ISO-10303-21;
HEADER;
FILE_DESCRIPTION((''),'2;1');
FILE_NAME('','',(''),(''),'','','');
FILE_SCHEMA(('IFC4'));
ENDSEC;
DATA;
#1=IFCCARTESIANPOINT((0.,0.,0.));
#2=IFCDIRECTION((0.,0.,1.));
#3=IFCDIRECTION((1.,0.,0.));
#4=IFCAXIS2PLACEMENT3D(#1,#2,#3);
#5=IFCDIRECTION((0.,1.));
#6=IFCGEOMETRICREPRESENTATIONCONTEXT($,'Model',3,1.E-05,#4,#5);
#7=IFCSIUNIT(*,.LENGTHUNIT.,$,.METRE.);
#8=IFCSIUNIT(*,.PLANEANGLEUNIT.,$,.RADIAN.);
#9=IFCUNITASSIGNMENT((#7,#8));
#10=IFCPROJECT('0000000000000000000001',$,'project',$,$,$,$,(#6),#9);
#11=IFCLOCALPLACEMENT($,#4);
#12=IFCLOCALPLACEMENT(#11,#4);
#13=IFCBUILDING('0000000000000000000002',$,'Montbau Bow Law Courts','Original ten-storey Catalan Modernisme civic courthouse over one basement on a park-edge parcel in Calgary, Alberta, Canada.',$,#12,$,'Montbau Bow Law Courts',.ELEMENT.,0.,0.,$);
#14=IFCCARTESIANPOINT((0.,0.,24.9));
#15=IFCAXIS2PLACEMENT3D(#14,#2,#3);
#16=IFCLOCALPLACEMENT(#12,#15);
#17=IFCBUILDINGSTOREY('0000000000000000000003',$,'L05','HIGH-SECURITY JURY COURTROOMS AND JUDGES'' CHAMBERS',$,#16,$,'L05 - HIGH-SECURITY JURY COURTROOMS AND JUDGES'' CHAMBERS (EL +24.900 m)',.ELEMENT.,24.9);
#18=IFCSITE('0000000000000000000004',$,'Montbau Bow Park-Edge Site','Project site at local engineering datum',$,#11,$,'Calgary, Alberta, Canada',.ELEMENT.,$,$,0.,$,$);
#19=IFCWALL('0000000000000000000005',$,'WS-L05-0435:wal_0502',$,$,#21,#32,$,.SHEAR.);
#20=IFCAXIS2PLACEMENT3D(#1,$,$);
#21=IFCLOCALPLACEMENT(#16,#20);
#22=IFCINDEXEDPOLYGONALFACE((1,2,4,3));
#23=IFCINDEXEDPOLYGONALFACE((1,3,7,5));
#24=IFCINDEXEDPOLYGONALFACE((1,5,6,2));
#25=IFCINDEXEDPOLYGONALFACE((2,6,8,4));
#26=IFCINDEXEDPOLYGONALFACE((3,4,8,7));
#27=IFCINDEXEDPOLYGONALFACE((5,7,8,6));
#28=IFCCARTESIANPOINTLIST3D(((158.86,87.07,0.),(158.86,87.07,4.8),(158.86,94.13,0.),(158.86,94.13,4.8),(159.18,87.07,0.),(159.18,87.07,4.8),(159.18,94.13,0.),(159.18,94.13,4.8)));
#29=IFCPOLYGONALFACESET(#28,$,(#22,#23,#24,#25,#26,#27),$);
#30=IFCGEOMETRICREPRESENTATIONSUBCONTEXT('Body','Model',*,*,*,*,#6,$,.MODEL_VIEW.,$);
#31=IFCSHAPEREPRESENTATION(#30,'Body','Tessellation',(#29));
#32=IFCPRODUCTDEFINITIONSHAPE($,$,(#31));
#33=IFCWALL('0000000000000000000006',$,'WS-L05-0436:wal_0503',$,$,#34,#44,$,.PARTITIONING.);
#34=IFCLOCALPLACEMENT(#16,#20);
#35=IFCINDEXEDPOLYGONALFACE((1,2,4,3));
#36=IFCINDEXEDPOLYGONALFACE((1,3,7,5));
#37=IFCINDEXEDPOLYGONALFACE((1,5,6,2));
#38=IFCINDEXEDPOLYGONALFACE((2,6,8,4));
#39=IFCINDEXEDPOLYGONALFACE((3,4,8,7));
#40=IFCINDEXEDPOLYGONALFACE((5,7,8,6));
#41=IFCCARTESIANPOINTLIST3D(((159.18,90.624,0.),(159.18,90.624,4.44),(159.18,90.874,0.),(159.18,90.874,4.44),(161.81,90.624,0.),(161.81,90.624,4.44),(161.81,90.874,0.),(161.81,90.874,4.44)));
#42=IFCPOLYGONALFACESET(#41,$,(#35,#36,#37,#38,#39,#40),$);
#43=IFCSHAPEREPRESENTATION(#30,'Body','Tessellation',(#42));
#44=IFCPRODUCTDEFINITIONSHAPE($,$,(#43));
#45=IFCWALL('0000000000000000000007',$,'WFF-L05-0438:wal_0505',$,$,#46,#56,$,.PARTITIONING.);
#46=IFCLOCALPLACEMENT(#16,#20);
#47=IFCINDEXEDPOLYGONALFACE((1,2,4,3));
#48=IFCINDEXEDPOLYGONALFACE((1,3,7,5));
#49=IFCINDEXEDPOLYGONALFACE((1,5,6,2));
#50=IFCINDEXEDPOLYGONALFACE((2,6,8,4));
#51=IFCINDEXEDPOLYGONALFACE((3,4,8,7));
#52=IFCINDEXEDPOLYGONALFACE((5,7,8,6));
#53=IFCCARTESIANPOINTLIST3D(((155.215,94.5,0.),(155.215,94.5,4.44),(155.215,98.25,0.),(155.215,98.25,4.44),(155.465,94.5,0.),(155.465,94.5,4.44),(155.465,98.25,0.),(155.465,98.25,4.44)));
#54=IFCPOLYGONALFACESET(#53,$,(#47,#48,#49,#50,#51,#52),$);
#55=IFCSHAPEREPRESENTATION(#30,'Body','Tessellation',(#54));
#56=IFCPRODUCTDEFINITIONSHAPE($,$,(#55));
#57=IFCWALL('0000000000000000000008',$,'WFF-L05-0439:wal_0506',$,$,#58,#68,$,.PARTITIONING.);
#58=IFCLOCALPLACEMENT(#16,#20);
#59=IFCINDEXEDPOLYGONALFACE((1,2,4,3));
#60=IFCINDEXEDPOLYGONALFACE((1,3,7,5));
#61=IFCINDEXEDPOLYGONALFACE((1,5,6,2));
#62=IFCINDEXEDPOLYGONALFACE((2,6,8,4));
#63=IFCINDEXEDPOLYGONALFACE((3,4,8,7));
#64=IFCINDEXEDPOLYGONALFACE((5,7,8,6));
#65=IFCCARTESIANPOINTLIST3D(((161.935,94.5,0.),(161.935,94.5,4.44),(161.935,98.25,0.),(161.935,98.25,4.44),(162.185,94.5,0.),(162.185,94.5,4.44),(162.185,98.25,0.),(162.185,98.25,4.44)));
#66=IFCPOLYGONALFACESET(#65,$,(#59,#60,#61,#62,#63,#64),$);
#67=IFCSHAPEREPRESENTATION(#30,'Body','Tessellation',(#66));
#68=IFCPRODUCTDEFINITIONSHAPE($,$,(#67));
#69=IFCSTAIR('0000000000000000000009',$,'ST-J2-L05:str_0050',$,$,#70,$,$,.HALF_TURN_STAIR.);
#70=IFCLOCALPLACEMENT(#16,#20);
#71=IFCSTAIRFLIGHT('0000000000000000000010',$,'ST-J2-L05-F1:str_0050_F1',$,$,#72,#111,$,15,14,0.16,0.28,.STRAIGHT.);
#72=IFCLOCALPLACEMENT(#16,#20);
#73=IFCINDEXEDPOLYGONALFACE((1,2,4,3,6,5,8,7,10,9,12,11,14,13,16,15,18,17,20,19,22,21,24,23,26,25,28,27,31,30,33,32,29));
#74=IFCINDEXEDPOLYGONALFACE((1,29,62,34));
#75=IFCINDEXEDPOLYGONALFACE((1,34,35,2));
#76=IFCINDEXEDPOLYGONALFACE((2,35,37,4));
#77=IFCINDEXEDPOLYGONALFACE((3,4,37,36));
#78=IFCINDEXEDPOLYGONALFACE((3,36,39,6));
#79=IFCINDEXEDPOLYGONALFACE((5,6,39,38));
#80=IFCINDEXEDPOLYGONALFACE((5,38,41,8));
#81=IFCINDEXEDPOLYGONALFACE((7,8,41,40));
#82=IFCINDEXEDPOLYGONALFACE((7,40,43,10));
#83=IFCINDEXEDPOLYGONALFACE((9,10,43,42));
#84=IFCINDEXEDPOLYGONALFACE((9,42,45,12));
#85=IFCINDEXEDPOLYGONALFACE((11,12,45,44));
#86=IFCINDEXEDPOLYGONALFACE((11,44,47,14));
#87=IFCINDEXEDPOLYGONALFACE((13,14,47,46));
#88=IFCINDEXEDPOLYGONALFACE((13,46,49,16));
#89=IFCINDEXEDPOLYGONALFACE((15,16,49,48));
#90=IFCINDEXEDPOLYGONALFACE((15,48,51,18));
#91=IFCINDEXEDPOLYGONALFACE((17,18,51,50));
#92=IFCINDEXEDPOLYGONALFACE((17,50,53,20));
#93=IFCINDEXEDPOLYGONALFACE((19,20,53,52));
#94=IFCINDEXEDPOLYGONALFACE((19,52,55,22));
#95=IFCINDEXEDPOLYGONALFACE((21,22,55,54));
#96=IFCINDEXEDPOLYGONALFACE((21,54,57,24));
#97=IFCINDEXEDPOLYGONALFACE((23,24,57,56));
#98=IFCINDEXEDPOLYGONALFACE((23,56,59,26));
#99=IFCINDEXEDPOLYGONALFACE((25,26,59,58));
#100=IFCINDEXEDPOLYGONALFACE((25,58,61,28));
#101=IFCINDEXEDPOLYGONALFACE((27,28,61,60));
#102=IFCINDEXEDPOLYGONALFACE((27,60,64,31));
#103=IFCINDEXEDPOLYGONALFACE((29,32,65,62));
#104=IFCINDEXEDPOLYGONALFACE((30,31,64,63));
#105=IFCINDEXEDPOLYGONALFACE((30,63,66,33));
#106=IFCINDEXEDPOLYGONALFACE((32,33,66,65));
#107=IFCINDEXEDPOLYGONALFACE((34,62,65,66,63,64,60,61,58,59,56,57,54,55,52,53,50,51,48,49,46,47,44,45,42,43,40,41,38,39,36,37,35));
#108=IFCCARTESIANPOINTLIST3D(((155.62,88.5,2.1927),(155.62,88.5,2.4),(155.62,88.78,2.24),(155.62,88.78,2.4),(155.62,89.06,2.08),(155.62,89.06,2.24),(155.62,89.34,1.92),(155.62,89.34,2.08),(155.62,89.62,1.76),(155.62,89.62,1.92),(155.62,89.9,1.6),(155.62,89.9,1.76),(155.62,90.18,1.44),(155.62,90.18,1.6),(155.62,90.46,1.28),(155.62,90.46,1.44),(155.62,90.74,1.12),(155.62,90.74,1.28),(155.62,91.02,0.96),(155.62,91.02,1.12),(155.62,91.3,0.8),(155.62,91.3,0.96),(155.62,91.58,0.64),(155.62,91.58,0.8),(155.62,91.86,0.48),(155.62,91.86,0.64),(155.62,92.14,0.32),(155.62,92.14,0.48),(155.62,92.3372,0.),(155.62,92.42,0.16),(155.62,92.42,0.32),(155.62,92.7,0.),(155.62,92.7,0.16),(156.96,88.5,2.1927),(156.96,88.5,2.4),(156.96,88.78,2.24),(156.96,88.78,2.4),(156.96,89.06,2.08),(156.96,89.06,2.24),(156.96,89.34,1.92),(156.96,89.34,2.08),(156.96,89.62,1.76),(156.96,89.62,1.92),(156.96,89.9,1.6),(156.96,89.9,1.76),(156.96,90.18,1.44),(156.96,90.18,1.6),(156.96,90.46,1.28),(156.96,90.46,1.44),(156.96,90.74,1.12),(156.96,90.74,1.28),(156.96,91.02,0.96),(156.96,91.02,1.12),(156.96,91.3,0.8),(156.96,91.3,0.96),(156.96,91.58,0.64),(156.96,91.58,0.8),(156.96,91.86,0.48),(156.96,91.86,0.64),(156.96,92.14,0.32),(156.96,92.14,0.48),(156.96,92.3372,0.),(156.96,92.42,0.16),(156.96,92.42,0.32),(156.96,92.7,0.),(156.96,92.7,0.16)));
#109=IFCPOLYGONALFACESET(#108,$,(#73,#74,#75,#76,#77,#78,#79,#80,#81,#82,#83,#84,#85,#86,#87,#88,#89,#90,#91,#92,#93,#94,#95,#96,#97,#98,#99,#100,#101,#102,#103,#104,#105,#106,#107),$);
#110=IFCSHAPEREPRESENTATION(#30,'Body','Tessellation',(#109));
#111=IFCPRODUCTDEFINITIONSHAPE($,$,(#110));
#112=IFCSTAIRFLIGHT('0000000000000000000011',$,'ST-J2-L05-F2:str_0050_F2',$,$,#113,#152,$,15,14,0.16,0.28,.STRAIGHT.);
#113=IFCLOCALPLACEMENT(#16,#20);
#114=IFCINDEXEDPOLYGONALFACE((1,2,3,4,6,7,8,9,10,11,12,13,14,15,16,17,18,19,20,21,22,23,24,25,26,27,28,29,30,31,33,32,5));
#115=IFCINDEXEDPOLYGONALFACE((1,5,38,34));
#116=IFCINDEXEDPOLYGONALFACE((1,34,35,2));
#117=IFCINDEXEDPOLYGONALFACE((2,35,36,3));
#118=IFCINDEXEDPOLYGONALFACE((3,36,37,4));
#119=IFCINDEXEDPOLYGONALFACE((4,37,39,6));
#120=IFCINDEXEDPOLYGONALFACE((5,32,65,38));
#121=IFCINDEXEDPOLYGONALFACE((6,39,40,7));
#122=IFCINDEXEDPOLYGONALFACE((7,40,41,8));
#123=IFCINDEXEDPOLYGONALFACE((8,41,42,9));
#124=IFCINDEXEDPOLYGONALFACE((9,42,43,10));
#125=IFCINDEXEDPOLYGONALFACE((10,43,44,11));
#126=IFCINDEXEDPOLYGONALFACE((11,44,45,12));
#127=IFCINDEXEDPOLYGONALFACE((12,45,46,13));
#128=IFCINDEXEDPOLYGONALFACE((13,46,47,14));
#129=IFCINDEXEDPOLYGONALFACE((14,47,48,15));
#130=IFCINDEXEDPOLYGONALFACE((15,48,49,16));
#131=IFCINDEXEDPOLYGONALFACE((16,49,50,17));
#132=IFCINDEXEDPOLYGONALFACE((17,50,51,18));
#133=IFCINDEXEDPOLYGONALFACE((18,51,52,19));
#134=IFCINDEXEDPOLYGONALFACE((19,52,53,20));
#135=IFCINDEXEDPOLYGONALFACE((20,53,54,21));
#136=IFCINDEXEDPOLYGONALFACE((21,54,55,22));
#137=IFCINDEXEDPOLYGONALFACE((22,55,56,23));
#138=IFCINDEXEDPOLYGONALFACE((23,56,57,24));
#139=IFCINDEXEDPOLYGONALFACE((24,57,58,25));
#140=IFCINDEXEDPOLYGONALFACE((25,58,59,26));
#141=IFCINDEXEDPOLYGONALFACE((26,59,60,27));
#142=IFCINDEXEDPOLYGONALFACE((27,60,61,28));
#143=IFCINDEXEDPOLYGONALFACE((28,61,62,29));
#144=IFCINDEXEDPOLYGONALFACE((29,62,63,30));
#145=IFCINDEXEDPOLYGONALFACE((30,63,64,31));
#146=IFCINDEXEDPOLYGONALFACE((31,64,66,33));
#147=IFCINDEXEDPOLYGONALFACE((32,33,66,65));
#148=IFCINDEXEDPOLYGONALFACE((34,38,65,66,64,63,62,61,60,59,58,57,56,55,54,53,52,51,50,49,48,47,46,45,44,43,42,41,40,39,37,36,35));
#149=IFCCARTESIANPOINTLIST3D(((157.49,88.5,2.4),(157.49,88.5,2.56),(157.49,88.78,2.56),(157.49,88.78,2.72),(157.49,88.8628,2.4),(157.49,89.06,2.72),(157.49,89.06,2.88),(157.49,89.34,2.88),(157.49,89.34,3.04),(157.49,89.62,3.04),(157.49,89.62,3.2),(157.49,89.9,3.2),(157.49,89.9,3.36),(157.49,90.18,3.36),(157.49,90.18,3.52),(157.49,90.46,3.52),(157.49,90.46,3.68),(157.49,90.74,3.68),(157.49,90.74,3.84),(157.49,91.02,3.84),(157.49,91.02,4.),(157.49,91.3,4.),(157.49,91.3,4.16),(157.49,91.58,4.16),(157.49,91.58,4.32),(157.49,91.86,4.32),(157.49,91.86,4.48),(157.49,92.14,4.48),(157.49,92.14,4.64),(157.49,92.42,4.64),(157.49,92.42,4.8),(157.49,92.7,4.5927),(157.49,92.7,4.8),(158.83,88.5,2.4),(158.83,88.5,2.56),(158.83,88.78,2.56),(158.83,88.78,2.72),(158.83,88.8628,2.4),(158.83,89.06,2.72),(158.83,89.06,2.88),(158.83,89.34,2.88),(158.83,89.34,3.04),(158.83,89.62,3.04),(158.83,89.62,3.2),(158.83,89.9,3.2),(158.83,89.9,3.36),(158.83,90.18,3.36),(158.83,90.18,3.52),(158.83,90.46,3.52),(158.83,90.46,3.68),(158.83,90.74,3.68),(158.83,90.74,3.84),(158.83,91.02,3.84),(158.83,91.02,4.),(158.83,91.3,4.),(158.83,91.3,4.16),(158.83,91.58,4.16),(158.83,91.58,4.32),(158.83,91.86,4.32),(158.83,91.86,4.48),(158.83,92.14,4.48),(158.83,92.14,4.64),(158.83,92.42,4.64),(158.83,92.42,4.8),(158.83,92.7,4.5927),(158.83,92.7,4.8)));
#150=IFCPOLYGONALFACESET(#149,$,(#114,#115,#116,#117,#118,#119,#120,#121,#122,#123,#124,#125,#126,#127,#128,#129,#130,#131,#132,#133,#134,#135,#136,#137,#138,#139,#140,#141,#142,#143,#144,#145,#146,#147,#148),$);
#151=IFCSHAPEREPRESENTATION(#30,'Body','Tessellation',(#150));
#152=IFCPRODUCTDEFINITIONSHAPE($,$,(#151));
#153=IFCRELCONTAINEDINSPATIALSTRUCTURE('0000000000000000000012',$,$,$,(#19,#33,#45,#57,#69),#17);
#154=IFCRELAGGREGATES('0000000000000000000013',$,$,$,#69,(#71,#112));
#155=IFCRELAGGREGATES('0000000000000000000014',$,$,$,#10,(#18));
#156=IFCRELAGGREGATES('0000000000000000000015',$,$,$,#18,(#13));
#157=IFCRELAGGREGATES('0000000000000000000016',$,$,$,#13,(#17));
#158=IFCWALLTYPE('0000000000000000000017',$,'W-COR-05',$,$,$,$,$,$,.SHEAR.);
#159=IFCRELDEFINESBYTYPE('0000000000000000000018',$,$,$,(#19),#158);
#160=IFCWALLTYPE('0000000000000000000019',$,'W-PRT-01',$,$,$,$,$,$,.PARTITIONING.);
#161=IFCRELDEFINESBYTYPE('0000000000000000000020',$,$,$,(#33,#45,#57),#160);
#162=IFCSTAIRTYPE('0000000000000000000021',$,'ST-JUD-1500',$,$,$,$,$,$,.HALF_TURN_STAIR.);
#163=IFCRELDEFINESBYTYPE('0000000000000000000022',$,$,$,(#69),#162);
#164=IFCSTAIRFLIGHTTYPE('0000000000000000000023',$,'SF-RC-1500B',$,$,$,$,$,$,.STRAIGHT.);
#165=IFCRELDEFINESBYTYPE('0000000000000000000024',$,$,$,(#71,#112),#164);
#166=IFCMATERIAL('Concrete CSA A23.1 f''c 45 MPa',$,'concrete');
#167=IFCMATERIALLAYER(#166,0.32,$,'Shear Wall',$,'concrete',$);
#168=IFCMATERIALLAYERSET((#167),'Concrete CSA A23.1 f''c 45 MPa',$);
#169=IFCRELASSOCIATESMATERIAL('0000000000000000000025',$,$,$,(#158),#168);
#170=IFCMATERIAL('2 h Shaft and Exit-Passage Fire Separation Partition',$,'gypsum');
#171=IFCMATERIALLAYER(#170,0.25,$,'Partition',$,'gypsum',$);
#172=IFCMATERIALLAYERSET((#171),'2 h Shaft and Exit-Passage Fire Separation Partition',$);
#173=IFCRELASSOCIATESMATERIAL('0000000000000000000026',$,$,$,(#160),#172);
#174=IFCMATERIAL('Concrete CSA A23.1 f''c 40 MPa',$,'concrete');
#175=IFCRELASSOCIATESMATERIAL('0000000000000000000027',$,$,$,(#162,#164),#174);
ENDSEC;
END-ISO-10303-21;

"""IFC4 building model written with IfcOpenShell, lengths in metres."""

from ifc_helpers import new_model, si_unit, direction, frame, frame_2d, origin_with_axes, place, context, subcontext, project, spatial, polyline, rectangle, outline, extrude, material, layer, layer_set, type_object, element, aggregate, save


model = new_model("IFC4")

# Units and contexts
model_context = context("Model", 3, precision=1e-05, world=origin_with_axes(), true_north=direction((0.0, 1.0)))
body_context = subcontext(model_context, "Body", "Model", "MODEL_VIEW")
ifc_project = project(units=[si_unit("LENGTHUNIT", "METRE"), si_unit("PLANEANGLEUNIT", "RADIAN")], contexts=[model_context])

# Site, building, storey
site_placement = place(None, origin_with_axes())
site = spatial("IfcSite", under=ifc_project, at=site_placement, Name="Montbau Bow Park-Edge Site", Description="Project site at local engineering datum", LongName="Calgary, Alberta, Canada", CompositionType="ELEMENT", RefElevation=0.0)
building_placement = place(site_placement, origin_with_axes())
building = spatial("IfcBuilding", under=site, at=building_placement, Name="Montbau Bow Law Courts", Description="Original ten-storey Catalan Modernisme civic courthouse over one basement on a park-edge parcel in Calgary, Alberta, Canada.", LongName="Montbau Bow Law Courts", CompositionType="ELEMENT", ElevationOfRefHeight=0.0, ElevationOfTerrain=0.0)
storey_placement = place(building_placement, frame((0.0, 0.0, 24.9), z_axis=(0.0, 0.0, 1.0), x_axis=(1.0, 0.0, 0.0)))
storey = spatial("IfcBuildingStorey", under=building, at=storey_placement, Name="L05", Description="HIGH-SECURITY JURY COURTROOMS AND JUDGES' CHAMBERS", LongName="L05 - HIGH-SECURITY JURY COURTROOMS AND JUDGES' CHAMBERS (EL +24.900 m)", CompositionType="ELEMENT", Elevation=24.9)

# Shared definitions
ifc_material_1 = material(Name="Concrete CSA A23.1 f'c 45 MPa", Category="concrete")

# Walls
ifc_layer_1 = layer(ifc_material_1, 0.32, Name="Shear Wall", Category="concrete")
ifc_layer_set_1 = layer_set([ifc_layer_1], Name="Concrete CSA A23.1 f'c 45 MPa")
wall_type_1 = type_object("IfcWallType", Name="W-COR-05", PredefinedType="SHEAR", material=ifc_layer_set_1)
wall_1_placement = place(None, frame((159.02, 87.07, 24.9), z_axis=(0.0, 0.0, 1.0), x_axis=(0.0, 1.0, 0.0)))
element("IfcWall", 1, at=wall_1_placement, inside=storey, type_object=wall_type_1, Name="WS-L05-0435:wal_0502", PredefinedType="SHEAR", context=body_context, shape_type="SweptSolid", body=[
    extrude(rectangle(XDim=7.06, YDim=0.32, at=frame_2d((3.53, 0.0), x_axis=(1.0, 0.0))), origin_with_axes(), (0.0, 0.0, 1.0), 4.8),
])
ifc_material_2 = material(Name="2 h Shaft and Exit-Passage Fire Separation Partition", Category="gypsum")
ifc_layer_2 = layer(ifc_material_2, 0.25, Name="Partition", Category="gypsum")
ifc_layer_set_2 = layer_set([ifc_layer_2], Name="2 h Shaft and Exit-Passage Fire Separation Partition")
wall_type_2 = type_object("IfcWallType", Name="W-PRT-01", PredefinedType="PARTITIONING", material=ifc_layer_set_2)
wall_2_placement = place(None, frame((159.18, 90.749, 24.9), z_axis=(0.0, 0.0, 1.0), x_axis=(1.0, 0.0, 0.0)))
element("IfcWall", 2, at=wall_2_placement, inside=storey, type_object=wall_type_2, Name="WS-L05-0436:wal_0503", PredefinedType="PARTITIONING", context=body_context, shape_type="SweptSolid", body=[
    extrude(rectangle(XDim=2.63, YDim=0.25, at=frame_2d((1.315, 0.0), x_axis=(1.0, 0.0))), origin_with_axes(), (0.0, 0.0, 1.0), 4.44),
])
for number, where, z_axis, x_axis, name in (
    (3, (155.34, 94.5, 24.9), (0.0, 0.0, 1.0), (0.0, 1.0, 0.0), "WFF-L05-0438:wal_0505"),
    (4, (162.06, 94.5, 24.9), (0.0, 0.0, 1.0), (0.0, 1.0, 0.0), "WFF-L05-0439:wal_0506"),
):
    element("IfcWall", number, at=place(None, frame(where, z_axis=z_axis, x_axis=x_axis)), inside=storey, type_object=wall_type_2, Name=name, PredefinedType="PARTITIONING", context=body_context, shape_type="SweptSolid", body=[
        extrude(rectangle(XDim=3.75, YDim=0.25, at=frame_2d((1.875, 0.0), x_axis=(1.0, 0.0))), origin_with_axes(), (0.0, 0.0, 1.0), 4.44),
    ])

# Stair, stair flights
ifc_material_3 = material(Name="Concrete CSA A23.1 f'c 40 MPa", Category="concrete")
stair_type = type_object("IfcStairType", Name="ST-JUD-1500", PredefinedType="HALF_TURN_STAIR", material=ifc_material_3)
stair_placement = place(None, frame((156.29, 92.7, 24.9), z_axis=(0.0, 0.0, 1.0), x_axis=(1.0, 0.0, 0.0)))
stair = element("IfcStair", 5, at=stair_placement, inside=storey, type_object=stair_type, Name="ST-J2-L05:str_0050", PredefinedType="HALF_TURN_STAIR")
stair_flight_type = type_object("IfcStairFlightType", Name="SF-RC-1500B", PredefinedType="STRAIGHT", material=ifc_material_3)
stair_flight_1_placement = place(None, frame((156.29, 92.7, 24.9), z_axis=(0.0, 0.0, 1.0), x_axis=(0.0, -1.0, 0.0)))
stair_flight_1 = element("IfcStairFlight", 6, at=stair_flight_1_placement, type_object=stair_flight_type, Name="ST-J2-L05-F1:str_0050_F1", NumberOfRisers=15, NumberOfTreads=14, PredefinedType="STRAIGHT", RiserHeight=0.16, TreadLength=0.28, context=body_context, shape_type="SweptSolid", body=[
    extrude(outline(polyline([(0.0, 0.0), (0.0, 0.16), (0.28, 0.16), (0.28, 0.32), (0.56, 0.32), (0.56, 0.48), (0.84, 0.48), (0.84, 0.64), (1.12, 0.64), (1.12, 0.8), (1.4, 0.8), (1.4, 0.96), (1.68, 0.96), (1.68, 1.12), (1.96, 1.12), (1.96, 1.28), (2.24, 1.28), (2.24, 1.44), (2.52, 1.44), (2.52, 1.6), (2.8, 1.6), (2.8, 1.76), (3.08, 1.76), (3.08, 1.92), (3.36, 1.92), (3.36, 2.08), (3.64, 2.08), (3.64, 2.24), (3.92, 2.24), (3.92, 2.4), (4.2, 2.4), (4.2, 2.1927), (0.3628, 0.0), (0.0, 0.0)])), frame((0.0, 0.67, 0.0), z_axis=(0.0, -1.0, 0.0), x_axis=(1.0, 0.0, 0.0)), (0.0, 0.0, 1.0), 1.34),
])
stair_flight_2_placement = place(None, frame((158.16, 88.5, 27.3), z_axis=(0.0, 0.0, 1.0), x_axis=(0.0, 1.0, 0.0)))
stair_flight_2 = element("IfcStairFlight", 7, at=stair_flight_2_placement, type_object=stair_flight_type, Name="ST-J2-L05-F2:str_0050_F2", NumberOfRisers=15, NumberOfTreads=14, PredefinedType="STRAIGHT", RiserHeight=0.16, TreadLength=0.28, context=body_context, shape_type="SweptSolid", body=[
    extrude(outline(polyline([(0.0, 0.0), (0.0, 0.16), (0.28, 0.16), (0.28, 0.32), (0.56, 0.32), (0.56, 0.48), (0.84, 0.48), (0.84, 0.64), (1.12, 0.64), (1.12, 0.8), (1.4, 0.8), (1.4, 0.96), (1.68, 0.96), (1.68, 1.12), (1.96, 1.12), (1.96, 1.28), (2.24, 1.28), (2.24, 1.44), (2.52, 1.44), (2.52, 1.6), (2.8, 1.6), (2.8, 1.76), (3.08, 1.76), (3.08, 1.92), (3.36, 1.92), (3.36, 2.08), (3.64, 2.08), (3.64, 2.24), (3.92, 2.24), (3.92, 2.4), (4.2, 2.4), (4.2, 2.1927), (0.3628, 0.0), (0.0, 0.0)])), frame((0.0, 0.67, 0.0), z_axis=(0.0, -1.0, 0.0), x_axis=(1.0, 0.0, 0.0)), (0.0, 0.0, 1.0), 1.34),
])
aggregate(stair, [stair_flight_1, stair_flight_2])

save(model, "model.ifc")
